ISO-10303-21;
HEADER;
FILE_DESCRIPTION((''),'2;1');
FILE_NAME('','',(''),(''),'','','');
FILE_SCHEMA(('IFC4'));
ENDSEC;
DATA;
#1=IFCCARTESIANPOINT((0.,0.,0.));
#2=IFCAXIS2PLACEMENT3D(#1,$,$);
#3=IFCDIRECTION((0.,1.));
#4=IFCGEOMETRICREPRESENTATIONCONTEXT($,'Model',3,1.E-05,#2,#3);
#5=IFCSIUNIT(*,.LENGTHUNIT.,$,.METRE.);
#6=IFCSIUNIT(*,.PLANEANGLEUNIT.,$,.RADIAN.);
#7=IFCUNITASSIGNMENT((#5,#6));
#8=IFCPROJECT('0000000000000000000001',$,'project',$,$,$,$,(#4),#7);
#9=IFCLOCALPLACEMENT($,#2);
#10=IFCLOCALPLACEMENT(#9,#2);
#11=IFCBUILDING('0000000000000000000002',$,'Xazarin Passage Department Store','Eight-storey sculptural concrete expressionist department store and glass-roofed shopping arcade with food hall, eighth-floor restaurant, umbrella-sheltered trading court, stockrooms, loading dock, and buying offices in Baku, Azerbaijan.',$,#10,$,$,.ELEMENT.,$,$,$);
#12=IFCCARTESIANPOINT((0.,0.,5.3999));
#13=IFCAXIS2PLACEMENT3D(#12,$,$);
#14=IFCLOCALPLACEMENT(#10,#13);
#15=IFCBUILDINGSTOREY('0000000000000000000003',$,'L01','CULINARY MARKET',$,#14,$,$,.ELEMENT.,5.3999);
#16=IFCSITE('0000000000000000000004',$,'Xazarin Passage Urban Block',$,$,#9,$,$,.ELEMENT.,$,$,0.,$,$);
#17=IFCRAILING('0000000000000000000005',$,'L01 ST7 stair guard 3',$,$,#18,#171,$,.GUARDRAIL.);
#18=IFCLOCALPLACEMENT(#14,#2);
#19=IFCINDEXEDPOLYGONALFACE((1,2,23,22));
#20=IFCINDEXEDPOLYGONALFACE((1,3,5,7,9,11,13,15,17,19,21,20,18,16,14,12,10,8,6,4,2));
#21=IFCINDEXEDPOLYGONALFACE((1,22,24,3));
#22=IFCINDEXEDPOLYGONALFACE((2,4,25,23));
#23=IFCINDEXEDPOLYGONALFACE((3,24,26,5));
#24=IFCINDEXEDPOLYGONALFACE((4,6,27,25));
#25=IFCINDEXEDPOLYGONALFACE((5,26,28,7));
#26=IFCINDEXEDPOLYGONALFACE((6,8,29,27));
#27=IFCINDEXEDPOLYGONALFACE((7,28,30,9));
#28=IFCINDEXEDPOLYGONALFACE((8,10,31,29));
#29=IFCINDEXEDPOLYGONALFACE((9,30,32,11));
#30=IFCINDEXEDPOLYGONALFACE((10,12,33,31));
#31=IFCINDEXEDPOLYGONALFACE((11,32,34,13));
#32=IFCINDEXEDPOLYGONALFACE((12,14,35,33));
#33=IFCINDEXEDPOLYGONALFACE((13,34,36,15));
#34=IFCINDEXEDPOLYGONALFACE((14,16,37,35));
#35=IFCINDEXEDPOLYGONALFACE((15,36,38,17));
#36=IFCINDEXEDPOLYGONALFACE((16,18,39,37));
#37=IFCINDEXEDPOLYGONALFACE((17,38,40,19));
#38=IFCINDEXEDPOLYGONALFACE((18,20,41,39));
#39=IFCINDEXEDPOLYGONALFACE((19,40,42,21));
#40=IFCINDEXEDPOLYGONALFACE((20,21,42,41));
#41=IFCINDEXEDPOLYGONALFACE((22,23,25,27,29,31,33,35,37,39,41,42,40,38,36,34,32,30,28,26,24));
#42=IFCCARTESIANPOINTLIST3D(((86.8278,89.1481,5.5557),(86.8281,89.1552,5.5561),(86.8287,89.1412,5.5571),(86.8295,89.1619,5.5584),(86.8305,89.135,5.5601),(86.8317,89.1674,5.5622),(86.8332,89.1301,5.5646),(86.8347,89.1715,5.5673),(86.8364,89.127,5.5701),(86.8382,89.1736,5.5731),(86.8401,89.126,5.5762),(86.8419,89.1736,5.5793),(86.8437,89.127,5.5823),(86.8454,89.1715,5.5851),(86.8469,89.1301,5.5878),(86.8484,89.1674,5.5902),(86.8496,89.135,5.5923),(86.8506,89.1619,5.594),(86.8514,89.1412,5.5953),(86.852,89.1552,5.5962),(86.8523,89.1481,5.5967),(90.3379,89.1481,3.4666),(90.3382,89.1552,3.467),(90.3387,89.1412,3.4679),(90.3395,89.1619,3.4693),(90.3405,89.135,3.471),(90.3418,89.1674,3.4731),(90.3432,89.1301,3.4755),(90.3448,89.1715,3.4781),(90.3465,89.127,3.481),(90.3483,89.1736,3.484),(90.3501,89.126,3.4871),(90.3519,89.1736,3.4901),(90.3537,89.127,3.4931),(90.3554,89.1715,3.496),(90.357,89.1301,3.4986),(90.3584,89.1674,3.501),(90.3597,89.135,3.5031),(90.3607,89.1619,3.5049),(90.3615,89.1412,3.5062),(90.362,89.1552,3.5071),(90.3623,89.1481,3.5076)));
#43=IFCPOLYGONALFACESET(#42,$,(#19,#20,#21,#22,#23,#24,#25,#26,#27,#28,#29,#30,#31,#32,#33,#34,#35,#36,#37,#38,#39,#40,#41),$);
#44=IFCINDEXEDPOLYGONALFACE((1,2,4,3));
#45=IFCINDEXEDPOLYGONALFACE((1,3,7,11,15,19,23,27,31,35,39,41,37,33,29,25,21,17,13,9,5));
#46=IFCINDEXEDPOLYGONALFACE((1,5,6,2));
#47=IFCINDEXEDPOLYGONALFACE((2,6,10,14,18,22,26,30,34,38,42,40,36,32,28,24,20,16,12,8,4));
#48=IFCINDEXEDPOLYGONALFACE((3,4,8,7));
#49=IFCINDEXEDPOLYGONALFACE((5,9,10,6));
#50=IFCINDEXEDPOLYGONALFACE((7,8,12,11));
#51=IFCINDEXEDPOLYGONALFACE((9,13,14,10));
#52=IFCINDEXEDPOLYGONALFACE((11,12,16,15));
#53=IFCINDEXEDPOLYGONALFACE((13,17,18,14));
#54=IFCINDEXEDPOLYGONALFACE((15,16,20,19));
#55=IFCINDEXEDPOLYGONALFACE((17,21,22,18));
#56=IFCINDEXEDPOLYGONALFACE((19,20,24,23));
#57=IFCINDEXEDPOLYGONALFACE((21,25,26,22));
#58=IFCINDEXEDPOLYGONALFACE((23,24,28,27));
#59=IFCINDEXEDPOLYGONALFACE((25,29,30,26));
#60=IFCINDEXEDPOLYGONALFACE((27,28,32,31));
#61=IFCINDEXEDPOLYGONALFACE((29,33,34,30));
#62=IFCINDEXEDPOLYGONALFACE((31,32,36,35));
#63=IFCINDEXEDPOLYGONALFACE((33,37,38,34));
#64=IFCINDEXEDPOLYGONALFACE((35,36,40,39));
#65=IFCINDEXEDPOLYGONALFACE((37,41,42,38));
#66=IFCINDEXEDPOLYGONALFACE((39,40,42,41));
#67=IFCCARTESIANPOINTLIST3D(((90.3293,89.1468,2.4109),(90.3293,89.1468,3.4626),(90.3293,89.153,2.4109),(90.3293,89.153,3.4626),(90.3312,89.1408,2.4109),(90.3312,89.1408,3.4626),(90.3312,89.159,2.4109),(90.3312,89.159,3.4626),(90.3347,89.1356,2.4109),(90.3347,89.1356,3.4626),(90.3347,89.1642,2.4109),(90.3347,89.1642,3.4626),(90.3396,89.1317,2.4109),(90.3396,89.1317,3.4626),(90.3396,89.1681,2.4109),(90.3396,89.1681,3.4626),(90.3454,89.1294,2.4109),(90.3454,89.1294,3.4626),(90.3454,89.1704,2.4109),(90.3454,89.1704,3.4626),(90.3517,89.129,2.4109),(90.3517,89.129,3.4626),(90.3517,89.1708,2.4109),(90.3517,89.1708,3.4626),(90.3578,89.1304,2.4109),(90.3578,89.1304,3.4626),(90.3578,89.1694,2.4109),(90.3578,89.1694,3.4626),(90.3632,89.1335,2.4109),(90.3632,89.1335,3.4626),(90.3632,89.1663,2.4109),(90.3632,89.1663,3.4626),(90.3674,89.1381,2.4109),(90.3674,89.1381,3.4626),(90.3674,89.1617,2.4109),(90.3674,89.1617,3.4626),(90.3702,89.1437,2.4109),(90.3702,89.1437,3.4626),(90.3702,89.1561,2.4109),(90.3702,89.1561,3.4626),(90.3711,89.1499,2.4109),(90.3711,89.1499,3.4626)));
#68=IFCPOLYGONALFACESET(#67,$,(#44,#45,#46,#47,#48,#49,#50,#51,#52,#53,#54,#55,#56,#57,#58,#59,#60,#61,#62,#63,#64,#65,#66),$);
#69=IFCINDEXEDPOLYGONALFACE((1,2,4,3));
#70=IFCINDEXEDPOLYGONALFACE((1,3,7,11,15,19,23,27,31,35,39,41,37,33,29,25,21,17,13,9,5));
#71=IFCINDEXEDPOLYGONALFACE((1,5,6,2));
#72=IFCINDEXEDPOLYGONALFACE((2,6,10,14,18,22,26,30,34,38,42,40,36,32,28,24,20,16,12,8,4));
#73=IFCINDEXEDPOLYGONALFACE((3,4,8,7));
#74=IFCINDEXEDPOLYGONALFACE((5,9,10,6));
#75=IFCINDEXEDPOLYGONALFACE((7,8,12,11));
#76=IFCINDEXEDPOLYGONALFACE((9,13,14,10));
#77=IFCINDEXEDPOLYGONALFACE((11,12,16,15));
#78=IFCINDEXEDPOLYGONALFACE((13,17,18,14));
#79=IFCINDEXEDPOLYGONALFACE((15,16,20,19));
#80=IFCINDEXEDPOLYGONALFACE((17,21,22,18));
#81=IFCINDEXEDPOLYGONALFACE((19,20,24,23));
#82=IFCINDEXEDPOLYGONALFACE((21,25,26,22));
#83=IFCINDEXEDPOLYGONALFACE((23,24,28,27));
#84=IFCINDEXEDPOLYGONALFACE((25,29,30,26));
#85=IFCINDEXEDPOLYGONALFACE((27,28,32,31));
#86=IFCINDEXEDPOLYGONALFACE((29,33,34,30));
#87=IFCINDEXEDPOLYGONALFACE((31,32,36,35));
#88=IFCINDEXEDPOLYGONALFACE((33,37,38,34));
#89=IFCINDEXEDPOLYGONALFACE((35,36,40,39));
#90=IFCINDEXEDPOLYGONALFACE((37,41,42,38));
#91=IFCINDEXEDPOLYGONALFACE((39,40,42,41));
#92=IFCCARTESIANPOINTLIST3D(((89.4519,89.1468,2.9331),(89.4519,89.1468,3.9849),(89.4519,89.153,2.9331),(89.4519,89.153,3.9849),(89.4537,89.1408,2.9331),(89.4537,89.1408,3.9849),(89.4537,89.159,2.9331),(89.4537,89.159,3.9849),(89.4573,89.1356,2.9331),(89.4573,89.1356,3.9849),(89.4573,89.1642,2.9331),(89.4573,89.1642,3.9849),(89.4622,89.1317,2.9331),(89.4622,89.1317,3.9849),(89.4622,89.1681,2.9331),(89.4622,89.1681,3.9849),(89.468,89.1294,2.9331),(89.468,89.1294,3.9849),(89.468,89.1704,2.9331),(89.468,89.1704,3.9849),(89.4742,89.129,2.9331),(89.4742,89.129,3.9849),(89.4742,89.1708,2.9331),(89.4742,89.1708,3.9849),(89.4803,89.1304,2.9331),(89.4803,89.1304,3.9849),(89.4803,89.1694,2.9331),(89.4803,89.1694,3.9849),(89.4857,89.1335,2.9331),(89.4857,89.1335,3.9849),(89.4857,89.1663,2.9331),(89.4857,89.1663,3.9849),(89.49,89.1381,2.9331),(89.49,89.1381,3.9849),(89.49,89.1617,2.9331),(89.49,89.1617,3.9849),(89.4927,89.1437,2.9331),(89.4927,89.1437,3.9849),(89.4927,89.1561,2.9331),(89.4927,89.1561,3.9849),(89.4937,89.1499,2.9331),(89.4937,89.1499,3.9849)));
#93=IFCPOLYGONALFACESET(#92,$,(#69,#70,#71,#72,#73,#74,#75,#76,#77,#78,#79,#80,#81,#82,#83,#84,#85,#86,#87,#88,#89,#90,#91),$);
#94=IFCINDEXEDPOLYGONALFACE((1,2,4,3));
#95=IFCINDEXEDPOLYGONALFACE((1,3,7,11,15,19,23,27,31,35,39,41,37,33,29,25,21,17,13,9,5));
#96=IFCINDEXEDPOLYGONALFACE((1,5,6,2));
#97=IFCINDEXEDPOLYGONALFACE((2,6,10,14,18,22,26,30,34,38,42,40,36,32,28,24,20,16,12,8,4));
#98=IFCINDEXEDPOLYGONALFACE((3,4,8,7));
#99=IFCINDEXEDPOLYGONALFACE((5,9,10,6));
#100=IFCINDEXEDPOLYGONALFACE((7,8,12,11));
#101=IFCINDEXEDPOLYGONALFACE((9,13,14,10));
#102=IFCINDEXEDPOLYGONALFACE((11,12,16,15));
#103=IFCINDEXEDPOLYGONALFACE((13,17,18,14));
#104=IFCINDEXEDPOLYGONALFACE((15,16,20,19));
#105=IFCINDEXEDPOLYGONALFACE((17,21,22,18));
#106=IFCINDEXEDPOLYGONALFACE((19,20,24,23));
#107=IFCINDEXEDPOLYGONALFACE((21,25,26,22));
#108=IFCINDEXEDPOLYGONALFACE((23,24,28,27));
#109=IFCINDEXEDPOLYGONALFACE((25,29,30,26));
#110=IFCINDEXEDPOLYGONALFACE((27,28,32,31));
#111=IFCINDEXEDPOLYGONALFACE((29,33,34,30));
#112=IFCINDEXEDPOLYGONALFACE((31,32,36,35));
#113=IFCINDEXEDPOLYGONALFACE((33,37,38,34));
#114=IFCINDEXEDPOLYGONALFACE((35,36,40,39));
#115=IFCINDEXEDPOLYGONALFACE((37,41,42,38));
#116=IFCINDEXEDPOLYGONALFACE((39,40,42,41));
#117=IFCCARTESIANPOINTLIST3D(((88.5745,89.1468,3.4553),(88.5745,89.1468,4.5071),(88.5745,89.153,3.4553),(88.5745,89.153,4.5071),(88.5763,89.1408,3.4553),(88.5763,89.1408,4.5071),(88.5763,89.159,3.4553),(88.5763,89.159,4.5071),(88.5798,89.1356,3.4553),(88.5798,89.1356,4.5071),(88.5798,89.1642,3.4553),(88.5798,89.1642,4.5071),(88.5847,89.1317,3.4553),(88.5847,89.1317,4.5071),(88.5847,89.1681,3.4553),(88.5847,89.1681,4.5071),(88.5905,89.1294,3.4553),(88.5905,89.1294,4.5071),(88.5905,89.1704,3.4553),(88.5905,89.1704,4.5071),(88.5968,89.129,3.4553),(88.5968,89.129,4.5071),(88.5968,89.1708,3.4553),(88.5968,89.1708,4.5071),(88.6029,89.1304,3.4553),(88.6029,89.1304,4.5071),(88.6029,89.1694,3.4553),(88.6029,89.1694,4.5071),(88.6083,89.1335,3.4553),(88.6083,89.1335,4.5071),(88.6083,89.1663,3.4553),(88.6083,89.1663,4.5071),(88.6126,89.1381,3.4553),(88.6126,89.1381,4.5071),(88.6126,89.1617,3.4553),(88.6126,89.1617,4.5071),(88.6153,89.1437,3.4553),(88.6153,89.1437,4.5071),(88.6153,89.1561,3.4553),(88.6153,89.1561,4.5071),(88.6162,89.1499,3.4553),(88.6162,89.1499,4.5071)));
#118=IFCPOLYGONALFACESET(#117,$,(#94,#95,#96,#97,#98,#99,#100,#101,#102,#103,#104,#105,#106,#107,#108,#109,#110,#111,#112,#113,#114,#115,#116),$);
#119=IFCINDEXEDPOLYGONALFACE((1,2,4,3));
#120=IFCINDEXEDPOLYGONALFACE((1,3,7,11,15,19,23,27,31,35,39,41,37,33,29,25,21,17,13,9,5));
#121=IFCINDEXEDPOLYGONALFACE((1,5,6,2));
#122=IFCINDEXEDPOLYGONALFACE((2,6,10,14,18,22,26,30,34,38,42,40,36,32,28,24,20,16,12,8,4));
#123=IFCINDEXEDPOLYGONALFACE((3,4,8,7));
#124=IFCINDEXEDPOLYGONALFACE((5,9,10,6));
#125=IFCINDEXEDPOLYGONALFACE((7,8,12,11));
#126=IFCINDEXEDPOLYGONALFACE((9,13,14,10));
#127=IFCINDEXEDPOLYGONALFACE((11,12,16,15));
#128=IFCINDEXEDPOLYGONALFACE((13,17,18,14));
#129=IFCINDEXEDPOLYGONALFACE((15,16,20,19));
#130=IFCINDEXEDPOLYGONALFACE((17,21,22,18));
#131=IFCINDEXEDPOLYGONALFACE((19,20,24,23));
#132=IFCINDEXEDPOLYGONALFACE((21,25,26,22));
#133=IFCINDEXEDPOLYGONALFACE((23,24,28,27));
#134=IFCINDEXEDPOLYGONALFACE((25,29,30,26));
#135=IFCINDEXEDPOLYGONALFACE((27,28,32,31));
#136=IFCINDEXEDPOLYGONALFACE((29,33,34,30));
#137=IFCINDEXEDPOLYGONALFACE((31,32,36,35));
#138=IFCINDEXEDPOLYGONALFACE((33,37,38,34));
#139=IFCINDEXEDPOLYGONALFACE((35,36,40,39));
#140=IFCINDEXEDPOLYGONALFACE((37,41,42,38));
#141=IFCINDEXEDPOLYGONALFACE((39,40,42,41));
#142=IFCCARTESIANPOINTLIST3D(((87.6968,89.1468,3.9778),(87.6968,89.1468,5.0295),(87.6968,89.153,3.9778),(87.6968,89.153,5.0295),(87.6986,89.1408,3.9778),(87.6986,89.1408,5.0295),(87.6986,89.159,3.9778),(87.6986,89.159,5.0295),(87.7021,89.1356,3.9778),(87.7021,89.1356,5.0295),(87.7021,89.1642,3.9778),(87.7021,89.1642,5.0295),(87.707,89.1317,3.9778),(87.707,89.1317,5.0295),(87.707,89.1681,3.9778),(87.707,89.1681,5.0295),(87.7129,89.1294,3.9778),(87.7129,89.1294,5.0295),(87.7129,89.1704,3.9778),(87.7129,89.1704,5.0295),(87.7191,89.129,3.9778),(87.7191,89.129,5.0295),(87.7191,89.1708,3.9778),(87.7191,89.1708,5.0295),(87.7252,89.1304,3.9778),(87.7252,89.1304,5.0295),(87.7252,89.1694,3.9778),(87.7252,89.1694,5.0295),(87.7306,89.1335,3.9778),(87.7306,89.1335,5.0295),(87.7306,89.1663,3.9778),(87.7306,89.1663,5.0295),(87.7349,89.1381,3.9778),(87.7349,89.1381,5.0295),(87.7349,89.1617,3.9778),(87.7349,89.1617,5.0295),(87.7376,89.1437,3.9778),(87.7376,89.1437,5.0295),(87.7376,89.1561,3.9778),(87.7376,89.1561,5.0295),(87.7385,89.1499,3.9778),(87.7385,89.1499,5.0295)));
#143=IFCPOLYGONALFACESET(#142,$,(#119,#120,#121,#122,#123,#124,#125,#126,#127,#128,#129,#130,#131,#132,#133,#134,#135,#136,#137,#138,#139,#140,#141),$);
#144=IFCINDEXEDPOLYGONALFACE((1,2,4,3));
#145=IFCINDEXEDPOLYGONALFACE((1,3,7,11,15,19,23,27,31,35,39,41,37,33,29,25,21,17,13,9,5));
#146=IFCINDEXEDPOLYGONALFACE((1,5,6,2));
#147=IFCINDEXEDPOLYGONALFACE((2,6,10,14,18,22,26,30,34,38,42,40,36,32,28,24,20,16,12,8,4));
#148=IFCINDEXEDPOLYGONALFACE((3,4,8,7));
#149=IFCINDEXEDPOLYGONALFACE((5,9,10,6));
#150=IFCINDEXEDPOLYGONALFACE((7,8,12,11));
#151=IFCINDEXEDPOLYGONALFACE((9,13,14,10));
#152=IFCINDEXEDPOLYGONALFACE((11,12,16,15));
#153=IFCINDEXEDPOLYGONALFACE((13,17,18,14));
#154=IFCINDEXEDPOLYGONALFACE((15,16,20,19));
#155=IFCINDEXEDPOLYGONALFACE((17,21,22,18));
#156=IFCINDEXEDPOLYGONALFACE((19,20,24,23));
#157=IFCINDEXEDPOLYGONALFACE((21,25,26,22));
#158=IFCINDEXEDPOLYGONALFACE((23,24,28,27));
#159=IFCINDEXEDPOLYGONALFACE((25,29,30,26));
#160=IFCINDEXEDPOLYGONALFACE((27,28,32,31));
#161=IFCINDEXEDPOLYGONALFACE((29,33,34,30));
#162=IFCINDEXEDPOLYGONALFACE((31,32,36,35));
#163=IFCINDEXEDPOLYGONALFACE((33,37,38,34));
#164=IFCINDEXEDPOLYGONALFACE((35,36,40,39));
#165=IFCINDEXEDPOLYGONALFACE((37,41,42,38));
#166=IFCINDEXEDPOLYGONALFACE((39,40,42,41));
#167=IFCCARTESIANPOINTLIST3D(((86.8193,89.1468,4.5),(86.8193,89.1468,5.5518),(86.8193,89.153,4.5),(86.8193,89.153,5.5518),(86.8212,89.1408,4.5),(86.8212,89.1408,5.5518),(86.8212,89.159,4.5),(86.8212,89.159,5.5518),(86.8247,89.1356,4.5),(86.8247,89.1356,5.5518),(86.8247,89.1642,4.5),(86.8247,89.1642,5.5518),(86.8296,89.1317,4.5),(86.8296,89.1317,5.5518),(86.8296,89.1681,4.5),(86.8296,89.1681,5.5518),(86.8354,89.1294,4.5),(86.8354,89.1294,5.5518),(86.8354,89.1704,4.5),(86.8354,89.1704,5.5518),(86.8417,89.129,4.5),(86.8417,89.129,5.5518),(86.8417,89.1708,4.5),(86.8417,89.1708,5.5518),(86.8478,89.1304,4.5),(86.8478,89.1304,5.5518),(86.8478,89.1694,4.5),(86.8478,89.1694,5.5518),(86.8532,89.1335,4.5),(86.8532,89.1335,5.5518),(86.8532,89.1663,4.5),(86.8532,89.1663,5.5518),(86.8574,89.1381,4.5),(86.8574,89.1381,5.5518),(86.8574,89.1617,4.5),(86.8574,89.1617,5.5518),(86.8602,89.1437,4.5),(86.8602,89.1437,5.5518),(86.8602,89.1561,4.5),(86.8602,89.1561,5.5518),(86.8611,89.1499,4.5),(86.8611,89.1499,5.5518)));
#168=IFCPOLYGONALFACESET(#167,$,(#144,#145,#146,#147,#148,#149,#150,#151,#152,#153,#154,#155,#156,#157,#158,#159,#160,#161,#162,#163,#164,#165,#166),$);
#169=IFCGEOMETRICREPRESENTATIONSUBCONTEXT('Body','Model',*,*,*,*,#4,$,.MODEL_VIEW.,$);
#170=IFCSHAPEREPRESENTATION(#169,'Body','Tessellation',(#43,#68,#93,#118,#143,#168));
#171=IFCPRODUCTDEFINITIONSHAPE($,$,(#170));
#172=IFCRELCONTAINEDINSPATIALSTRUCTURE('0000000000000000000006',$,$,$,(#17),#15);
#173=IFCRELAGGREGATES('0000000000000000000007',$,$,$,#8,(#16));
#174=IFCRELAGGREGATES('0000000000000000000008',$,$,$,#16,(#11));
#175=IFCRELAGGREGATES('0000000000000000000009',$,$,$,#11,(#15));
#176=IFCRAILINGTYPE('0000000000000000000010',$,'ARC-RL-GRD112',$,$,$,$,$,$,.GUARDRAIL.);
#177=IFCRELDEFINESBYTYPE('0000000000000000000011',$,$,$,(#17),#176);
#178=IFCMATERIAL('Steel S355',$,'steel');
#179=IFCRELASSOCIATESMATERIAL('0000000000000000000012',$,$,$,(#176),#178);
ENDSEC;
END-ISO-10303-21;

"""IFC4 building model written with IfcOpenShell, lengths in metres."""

from ifc_helpers import new_model, si_unit, direction, frame, origin, origin_2d, place, context, subcontext, project, spatial, circle, extrude, material, type_object, element, save


model = new_model("IFC4")

# Units and contexts
model_context = context("Model", 3, precision=1e-05, world=origin(), true_north=direction((0.0, 1.0)))
body_context = subcontext(model_context, "Body", "Model", "MODEL_VIEW")
ifc_project = project(units=[si_unit("LENGTHUNIT", "METRE"), si_unit("PLANEANGLEUNIT", "RADIAN")], contexts=[model_context])

# Site, building, storey
site_placement = place(None, origin())
site = spatial("IfcSite", under=ifc_project, at=site_placement, Name="Xazarin Passage Urban Block", CompositionType="ELEMENT", RefElevation=0.0)
building_placement = place(site_placement, origin())
building = spatial("IfcBuilding", under=site, at=building_placement, Name="Xazarin Passage Department Store", Description="Eight-storey sculptural concrete expressionist department store and glass-roofed shopping arcade with food hall, eighth-floor restaurant, umbrella-sheltered trading court, stockrooms, loading dock, and buying offices in Baku, Azerbaijan.", CompositionType="ELEMENT")
storey_placement = place(building_placement, frame((0.0, 0.0, 5.3999)))
storey = spatial("IfcBuildingStorey", under=building, at=storey_placement, Name="L01", Description="CULINARY MARKET", CompositionType="ELEMENT", Elevation=5.3999)

# Railing
ifc_material_1 = material(Name="Steel S355", Category="steel")
railing_type_1 = type_object("IfcRailingType", Name="ARC-RL-GRD112", PredefinedType="GUARDRAIL", material=ifc_material_1)
railing_1_placement = place(storey_placement, frame((90.3501, 89.1499, 2.4109)))
element("IfcRailing", 1, at=railing_1_placement, inside=storey, type_object=railing_type_1, Name="L01 ST7 stair guard 3", PredefinedType="GUARDRAIL", context=body_context, shape_type="SweptSolid", body=[
    extrude(circle(Radius=0.0239, at=origin_2d()), frame((0.0, 0.0, 1.0762), z_axis=(-0.859312, 0.0, 0.511451), x_axis=(0.0, -1.0, 0.0)), (0.0, 0.0, 1.0), 4.0847),
    extrude(circle(Radius=0.021, at=origin_2d()), origin(), (0.0, 0.0, 1.0), 1.0518),
    extrude(circle(Radius=0.021, at=origin_2d()), frame((-0.8774, 0.0, 0.5222)), (0.0, 0.0, 1.0), 1.0518),
    extrude(circle(Radius=0.021, at=origin_2d()), frame((-1.7549, 0.0, 1.0444)), (0.0, 0.0, 1.0), 1.0518),
    extrude(circle(Radius=0.021, at=origin_2d()), frame((-2.6326, 0.0, 1.5669)), (0.0, 0.0, 1.0), 1.0518),
    extrude(circle(Radius=0.021, at=origin_2d()), frame((-3.51, 0.0, 2.0891)), (0.0, 0.0, 1.0), 1.0518),
])

save(model, "model.ifc")
